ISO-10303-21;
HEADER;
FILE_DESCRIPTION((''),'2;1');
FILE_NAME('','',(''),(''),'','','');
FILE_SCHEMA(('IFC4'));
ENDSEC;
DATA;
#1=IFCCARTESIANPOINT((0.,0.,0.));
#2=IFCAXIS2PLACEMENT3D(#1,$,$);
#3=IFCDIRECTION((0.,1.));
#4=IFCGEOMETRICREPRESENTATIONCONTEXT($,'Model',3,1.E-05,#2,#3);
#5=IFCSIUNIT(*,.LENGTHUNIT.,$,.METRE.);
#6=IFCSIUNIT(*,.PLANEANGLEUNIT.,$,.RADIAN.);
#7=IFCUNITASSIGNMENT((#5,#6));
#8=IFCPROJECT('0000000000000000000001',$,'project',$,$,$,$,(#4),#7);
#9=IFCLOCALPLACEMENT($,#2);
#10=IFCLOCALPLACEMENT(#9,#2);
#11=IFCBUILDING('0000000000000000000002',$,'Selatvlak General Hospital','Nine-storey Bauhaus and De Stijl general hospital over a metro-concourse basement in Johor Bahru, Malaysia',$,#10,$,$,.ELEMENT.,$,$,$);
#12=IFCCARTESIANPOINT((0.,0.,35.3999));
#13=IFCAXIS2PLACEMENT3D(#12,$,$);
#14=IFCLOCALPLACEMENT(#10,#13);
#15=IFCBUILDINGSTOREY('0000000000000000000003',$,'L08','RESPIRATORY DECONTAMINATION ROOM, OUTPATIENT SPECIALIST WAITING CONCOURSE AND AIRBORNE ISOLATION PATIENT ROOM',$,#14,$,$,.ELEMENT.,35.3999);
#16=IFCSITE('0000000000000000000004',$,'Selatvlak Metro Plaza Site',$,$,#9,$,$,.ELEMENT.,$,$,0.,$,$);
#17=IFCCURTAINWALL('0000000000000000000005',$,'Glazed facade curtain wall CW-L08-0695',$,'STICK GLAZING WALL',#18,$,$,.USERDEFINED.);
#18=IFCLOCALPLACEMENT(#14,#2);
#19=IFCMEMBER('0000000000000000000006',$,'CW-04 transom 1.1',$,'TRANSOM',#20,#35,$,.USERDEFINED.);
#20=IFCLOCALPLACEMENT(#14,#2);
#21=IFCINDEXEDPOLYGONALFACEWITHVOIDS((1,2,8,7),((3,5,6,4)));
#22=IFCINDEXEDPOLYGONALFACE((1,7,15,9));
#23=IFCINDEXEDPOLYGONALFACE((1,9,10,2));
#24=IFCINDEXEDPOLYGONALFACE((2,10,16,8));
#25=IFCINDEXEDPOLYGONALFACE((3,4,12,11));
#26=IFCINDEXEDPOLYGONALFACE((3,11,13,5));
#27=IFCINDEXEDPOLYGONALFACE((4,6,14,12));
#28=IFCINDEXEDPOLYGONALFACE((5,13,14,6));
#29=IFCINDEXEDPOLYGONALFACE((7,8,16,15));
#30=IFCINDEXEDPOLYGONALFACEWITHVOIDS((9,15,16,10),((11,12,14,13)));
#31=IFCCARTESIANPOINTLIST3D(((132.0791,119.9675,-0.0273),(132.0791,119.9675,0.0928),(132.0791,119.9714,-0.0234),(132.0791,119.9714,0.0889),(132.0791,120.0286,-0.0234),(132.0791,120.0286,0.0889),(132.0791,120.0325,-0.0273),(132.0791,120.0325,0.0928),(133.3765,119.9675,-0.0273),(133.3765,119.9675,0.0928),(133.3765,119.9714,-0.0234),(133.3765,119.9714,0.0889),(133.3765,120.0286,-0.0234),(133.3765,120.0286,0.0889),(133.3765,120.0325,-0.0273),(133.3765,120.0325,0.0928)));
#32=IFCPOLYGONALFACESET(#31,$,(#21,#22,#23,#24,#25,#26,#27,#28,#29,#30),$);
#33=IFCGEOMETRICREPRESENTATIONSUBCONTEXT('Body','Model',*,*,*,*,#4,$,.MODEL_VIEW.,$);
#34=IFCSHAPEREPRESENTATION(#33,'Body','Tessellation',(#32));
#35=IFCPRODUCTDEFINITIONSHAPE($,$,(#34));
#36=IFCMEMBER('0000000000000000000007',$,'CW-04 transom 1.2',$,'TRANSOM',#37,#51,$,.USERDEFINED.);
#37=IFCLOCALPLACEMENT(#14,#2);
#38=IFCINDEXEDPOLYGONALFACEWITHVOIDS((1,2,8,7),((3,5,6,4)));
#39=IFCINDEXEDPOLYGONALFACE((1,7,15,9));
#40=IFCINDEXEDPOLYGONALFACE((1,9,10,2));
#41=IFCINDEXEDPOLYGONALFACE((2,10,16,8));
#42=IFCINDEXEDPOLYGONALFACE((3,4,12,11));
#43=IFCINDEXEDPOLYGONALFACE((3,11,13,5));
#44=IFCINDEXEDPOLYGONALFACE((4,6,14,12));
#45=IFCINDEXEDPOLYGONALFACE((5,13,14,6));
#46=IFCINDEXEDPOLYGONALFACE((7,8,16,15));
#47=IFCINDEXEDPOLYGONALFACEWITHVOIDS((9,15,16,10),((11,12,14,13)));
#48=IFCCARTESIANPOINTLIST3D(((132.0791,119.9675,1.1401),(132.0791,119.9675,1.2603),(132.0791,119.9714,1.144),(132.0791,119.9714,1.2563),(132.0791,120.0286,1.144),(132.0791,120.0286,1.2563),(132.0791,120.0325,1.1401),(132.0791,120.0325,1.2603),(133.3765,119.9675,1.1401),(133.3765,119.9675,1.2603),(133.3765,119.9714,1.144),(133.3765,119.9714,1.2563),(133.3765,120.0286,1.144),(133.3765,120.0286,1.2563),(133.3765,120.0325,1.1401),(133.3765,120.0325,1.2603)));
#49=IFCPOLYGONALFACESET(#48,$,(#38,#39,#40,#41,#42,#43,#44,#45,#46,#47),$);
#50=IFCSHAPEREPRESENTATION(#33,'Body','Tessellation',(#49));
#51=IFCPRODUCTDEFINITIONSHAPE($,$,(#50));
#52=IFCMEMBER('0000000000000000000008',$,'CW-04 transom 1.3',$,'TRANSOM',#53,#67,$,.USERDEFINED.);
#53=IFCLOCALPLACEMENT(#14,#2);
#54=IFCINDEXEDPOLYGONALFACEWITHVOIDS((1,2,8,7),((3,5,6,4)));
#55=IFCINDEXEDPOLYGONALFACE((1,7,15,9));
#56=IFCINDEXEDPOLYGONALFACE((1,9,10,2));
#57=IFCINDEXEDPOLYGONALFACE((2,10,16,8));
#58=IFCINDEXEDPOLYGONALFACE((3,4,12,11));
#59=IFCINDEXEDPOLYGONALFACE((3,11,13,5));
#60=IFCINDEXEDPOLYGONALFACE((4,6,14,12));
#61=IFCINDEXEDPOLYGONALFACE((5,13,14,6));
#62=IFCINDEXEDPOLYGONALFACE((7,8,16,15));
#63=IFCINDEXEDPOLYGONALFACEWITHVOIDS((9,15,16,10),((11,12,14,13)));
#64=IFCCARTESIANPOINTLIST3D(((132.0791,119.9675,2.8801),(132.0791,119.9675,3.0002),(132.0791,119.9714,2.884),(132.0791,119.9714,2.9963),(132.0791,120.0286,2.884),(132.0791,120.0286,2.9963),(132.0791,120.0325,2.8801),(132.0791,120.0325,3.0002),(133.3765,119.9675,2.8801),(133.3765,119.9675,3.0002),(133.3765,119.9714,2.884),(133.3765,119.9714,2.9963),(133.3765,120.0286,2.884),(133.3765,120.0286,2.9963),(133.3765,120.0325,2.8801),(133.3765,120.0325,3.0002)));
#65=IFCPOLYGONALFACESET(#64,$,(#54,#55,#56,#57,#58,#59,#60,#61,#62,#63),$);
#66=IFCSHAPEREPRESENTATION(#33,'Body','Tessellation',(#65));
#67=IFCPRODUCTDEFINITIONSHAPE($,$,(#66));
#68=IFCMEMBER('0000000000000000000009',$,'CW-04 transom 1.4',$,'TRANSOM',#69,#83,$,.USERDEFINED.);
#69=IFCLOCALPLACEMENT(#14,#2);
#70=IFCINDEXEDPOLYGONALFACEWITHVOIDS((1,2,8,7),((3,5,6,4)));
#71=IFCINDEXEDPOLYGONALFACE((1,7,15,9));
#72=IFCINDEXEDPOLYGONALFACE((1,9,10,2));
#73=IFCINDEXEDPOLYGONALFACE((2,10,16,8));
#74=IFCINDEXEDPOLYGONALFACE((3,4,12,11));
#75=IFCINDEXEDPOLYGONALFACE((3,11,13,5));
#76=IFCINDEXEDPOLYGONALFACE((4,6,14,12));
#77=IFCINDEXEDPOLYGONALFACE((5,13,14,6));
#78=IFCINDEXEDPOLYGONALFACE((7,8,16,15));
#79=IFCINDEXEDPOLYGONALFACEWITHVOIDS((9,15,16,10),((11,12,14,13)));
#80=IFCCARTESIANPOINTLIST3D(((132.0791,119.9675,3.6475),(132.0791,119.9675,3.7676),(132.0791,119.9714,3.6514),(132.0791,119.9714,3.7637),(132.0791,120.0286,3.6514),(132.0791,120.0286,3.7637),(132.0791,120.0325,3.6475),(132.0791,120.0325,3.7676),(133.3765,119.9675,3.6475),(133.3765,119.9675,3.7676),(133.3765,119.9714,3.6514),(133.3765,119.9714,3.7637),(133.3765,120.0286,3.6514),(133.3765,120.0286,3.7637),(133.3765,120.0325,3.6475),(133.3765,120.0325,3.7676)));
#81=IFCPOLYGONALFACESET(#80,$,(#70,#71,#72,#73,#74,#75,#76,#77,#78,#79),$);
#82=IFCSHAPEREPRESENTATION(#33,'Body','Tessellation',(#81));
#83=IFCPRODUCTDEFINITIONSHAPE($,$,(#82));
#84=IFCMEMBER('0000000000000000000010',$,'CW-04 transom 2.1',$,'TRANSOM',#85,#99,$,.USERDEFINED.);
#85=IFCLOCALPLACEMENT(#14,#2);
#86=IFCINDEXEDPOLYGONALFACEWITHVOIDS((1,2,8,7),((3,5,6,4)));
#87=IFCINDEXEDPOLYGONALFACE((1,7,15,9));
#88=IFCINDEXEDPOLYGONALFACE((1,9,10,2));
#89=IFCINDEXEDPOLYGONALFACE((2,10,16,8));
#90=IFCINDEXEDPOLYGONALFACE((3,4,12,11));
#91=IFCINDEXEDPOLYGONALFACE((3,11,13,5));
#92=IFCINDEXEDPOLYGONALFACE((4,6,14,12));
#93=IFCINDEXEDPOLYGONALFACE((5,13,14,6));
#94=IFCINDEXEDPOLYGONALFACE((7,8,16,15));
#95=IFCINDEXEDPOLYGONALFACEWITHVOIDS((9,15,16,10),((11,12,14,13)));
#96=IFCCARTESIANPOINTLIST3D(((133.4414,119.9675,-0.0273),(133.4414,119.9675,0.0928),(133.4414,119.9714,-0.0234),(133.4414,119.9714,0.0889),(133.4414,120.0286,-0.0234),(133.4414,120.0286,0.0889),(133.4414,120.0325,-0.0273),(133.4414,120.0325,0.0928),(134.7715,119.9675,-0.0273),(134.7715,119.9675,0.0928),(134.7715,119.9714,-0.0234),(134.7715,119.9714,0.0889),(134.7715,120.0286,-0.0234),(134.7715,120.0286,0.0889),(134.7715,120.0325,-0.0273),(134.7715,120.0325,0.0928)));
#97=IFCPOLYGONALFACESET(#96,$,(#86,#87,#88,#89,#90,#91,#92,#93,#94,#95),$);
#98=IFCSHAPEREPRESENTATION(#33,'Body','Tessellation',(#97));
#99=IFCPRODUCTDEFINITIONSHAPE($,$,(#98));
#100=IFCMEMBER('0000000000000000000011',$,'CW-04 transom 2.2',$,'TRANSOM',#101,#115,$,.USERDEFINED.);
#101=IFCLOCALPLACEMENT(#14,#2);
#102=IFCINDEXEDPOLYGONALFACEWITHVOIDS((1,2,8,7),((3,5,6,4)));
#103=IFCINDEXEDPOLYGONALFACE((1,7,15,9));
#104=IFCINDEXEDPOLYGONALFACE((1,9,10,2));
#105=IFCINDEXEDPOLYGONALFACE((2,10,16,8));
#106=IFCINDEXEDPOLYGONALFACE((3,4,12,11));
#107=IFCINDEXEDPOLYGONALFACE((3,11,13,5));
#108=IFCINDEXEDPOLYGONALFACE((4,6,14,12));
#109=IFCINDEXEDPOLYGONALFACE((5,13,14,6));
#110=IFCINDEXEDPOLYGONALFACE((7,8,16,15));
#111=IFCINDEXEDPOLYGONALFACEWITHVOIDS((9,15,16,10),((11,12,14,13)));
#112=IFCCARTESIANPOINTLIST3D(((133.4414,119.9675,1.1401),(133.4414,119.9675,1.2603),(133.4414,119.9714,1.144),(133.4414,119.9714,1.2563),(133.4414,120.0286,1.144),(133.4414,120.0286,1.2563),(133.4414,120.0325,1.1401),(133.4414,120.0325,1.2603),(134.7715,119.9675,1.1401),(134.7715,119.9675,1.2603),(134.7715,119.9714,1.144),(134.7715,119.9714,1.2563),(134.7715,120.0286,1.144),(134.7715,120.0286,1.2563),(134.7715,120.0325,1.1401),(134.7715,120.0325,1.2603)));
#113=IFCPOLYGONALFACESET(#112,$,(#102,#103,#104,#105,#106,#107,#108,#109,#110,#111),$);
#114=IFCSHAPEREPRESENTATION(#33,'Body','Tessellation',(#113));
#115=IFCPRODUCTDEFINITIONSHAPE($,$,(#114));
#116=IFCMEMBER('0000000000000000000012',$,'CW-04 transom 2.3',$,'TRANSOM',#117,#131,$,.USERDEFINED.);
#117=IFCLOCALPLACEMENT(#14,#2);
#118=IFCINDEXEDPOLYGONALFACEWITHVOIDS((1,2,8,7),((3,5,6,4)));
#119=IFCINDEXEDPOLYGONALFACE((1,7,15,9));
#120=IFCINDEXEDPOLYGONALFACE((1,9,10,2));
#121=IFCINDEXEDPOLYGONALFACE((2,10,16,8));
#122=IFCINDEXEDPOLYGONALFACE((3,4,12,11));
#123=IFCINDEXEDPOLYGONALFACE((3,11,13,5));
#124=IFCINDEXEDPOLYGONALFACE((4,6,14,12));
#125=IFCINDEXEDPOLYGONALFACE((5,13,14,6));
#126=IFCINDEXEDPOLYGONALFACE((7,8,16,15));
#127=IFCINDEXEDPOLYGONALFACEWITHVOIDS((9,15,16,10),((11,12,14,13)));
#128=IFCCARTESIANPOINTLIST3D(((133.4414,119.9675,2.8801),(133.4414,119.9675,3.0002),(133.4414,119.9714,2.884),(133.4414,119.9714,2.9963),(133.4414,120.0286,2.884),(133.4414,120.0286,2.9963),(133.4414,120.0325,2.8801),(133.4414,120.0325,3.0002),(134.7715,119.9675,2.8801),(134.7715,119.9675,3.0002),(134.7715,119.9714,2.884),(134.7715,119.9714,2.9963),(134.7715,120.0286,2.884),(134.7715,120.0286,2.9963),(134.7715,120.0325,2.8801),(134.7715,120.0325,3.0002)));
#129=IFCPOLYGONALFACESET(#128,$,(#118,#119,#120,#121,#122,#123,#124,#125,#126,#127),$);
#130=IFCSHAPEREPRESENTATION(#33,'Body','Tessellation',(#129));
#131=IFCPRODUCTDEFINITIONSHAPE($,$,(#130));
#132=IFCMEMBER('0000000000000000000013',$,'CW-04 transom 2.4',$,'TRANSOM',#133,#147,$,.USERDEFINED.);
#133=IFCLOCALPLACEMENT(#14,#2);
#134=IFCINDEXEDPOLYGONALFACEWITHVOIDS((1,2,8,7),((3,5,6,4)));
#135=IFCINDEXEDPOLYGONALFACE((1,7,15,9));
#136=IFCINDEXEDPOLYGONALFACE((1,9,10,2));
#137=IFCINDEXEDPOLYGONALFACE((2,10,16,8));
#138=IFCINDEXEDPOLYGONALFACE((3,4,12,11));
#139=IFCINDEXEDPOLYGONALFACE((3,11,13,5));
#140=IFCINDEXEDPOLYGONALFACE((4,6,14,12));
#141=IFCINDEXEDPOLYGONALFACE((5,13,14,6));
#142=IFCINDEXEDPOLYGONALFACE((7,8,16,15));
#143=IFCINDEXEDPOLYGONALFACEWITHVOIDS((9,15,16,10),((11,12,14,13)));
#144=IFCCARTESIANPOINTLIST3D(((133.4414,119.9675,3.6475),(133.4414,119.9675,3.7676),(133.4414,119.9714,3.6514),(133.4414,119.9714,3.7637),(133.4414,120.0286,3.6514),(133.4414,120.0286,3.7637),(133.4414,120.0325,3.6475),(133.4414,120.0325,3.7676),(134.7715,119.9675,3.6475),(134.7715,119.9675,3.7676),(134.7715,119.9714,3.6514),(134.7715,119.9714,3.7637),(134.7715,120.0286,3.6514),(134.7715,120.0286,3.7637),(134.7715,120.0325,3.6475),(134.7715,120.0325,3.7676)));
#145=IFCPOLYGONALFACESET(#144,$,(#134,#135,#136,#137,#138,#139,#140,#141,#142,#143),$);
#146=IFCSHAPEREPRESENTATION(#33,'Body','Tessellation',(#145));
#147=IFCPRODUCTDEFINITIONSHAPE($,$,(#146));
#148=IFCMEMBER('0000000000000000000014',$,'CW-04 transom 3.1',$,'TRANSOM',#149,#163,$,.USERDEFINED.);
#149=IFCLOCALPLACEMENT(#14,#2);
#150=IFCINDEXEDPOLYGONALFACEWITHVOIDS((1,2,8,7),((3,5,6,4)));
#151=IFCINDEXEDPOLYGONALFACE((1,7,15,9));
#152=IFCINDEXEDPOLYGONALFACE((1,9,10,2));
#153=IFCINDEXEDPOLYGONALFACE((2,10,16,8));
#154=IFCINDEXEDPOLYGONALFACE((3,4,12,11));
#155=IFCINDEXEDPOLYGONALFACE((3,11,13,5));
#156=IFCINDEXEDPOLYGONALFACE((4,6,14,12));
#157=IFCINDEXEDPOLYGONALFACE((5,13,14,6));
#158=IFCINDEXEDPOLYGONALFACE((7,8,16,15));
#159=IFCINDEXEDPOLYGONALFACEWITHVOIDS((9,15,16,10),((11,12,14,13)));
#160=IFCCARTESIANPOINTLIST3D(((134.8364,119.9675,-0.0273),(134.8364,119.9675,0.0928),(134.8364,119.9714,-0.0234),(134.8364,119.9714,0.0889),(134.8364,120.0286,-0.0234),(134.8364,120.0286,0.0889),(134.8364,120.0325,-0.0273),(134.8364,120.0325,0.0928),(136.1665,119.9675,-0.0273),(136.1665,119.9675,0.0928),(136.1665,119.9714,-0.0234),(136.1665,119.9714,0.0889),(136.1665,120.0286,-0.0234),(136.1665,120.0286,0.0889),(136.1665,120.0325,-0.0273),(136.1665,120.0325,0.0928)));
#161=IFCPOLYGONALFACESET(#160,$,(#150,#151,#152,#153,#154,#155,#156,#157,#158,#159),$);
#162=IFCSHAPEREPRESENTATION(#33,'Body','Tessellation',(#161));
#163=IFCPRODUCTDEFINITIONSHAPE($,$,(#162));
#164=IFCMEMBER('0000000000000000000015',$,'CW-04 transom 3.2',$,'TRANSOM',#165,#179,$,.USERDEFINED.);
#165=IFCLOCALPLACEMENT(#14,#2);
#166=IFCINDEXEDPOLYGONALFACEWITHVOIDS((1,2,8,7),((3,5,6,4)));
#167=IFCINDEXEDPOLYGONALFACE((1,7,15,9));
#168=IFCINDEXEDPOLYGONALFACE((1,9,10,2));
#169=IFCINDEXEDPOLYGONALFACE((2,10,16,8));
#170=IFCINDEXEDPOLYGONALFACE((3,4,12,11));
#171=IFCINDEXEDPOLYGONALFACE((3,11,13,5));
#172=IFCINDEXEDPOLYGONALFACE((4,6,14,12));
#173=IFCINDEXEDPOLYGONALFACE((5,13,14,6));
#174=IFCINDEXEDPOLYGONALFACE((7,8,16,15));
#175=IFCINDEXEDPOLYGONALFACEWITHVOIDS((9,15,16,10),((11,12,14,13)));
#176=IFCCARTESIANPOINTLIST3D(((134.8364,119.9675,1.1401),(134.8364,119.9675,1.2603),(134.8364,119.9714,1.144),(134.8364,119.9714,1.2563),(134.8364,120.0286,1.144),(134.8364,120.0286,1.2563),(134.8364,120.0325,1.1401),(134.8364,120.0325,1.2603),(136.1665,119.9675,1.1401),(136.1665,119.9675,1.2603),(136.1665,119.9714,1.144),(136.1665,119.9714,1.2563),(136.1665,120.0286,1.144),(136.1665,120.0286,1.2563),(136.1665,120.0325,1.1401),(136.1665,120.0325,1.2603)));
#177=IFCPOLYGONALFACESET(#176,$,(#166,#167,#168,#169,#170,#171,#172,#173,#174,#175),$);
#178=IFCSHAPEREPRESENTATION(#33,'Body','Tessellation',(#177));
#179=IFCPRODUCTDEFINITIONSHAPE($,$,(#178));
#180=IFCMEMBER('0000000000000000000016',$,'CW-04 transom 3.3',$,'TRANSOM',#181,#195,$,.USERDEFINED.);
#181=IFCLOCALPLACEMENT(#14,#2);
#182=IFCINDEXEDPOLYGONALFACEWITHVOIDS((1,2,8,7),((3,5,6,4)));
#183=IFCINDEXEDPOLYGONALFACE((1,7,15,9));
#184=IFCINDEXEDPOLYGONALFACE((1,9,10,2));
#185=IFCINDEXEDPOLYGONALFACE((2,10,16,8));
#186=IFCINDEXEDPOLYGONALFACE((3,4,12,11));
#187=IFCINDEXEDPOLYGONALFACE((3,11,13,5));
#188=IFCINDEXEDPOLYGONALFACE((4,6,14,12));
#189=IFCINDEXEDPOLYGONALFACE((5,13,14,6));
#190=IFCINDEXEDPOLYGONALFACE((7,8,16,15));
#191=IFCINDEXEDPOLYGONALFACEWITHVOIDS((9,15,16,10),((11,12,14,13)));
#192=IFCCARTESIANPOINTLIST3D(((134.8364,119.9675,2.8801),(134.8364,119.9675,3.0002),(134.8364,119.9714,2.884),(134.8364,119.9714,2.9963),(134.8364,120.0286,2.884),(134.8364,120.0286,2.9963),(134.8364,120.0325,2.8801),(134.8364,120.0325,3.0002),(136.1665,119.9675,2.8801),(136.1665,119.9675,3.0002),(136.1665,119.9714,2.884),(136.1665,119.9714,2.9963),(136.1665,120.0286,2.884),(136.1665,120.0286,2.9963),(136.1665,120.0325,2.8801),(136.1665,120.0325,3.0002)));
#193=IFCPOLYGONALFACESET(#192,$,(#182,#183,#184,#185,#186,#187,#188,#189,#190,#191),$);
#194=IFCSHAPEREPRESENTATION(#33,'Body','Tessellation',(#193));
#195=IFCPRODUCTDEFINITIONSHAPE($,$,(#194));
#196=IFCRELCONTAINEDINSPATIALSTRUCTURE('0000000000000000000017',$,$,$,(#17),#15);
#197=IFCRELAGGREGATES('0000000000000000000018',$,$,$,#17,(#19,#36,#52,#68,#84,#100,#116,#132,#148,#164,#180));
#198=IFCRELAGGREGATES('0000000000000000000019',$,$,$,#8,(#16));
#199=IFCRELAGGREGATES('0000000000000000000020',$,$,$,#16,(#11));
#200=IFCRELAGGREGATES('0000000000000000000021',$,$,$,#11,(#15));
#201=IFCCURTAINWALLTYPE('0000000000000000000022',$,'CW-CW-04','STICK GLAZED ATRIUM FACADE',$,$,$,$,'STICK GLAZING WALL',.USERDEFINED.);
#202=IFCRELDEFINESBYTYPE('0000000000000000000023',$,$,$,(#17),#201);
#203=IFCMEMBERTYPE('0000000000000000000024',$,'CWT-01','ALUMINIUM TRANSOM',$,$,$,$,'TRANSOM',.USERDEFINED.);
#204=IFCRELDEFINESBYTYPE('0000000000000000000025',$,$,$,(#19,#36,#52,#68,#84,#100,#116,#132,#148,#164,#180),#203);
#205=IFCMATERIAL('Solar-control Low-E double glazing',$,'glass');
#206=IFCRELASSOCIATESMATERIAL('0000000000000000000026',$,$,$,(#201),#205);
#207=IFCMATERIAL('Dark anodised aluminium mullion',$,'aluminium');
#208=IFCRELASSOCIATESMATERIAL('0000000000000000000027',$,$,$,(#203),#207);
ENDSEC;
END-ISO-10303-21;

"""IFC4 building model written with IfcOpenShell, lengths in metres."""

from ifc_helpers import new_model, si_unit, direction, frame, origin, origin_2d, place, context, subcontext, project, spatial, hollow_rectangle, extrude, material, material_profile, profile_set, type_object, element, aggregate, save


model = new_model("IFC4")

# Units and contexts
model_context = context("Model", 3, precision=1e-05, world=origin(), true_north=direction((0.0, 1.0)))
body_context = subcontext(model_context, "Body", "Model", "MODEL_VIEW")
ifc_project = project(units=[si_unit("LENGTHUNIT", "METRE"), si_unit("PLANEANGLEUNIT", "RADIAN")], contexts=[model_context])

# Site, building, storey
site_placement = place(None, origin())
site = spatial("IfcSite", under=ifc_project, at=site_placement, Name="Selatvlak Metro Plaza Site", CompositionType="ELEMENT", RefElevation=0.0)
building_placement = place(site_placement, origin())
building = spatial("IfcBuilding", under=site, at=building_placement, Name="Selatvlak General Hospital", Description="Nine-storey Bauhaus and De Stijl general hospital over a metro-concourse basement in Johor Bahru, Malaysia", CompositionType="ELEMENT")
storey_placement = place(building_placement, frame((0.0, 0.0, 35.3999)))
storey = spatial("IfcBuildingStorey", under=building, at=storey_placement, Name="L08", Description="RESPIRATORY DECONTAMINATION ROOM, OUTPATIENT SPECIALIST WAITING CONCOURSE AND AIRBORNE ISOLATION PATIENT ROOM", CompositionType="ELEMENT", Elevation=35.3999)

# Curtain wall
ifc_material_1 = material(Name="Solar-control Low-E double glazing", Category="glass")
ifc_material_2 = material(Name="Dark anodised aluminium mullion", Category="aluminium")
curtain_wall_type_1 = type_object("IfcCurtainWallType", Name="CW-CW-04", Description="STICK GLAZED ATRIUM FACADE", ElementType="STICK GLAZING WALL", PredefinedType="USERDEFINED", material=ifc_material_1)
curtain_wall_1_placement = place(storey_placement, origin())
curtain_wall_1 = element("IfcCurtainWall", 1, at=curtain_wall_1_placement, inside=storey, type_object=curtain_wall_type_1, Name="Glazed facade curtain wall CW-L08-0695", ObjectType="STICK GLAZING WALL", PredefinedType="USERDEFINED")

# Members
ifc_material_profile_1 = material_profile(ifc_material_2, hollow_rectangle(XDim=0.0649, YDim=0.1201, WallThickness=0.0039, at=origin_2d()), Name="AL-TRN 65x120x4")
ifc_profile_set_1 = profile_set([ifc_material_profile_1], Name="Dark anodised aluminium mullion")
member_type_1 = type_object("IfcMemberType", Name="CWT-01", Description="ALUMINIUM TRANSOM", ElementType="TRANSOM", PredefinedType="USERDEFINED", material=ifc_profile_set_1)
member_1_placement = place(storey_placement, frame((132.0791, 120.0, 0.0327), z_axis=(1.0, 0.0, 0.0), x_axis=(0.0, 1.0, 0.0)))
member_1 = element("IfcMember", 2, at=member_1_placement, type_object=member_type_1, Name="CW-04 transom 1.1", ObjectType="TRANSOM", PredefinedType="USERDEFINED", context=body_context, shape_type="SweptSolid", body=[
    extrude(hollow_rectangle(XDim=0.0649, YDim=0.1201, WallThickness=0.0039, at=origin_2d()), origin(), (0.0, 0.0, 1.0), 1.2974),
])
member_2_placement = place(storey_placement, frame((132.0791, 120.0, 1.2002), z_axis=(1.0, 0.0, 0.0), x_axis=(0.0, 1.0, 0.0)))
member_2 = element("IfcMember", 3, at=member_2_placement, type_object=member_type_1, Name="CW-04 transom 1.2", ObjectType="TRANSOM", PredefinedType="USERDEFINED", context=body_context, shape_type="SweptSolid", body=[
    extrude(hollow_rectangle(XDim=0.0649, YDim=0.1201, WallThickness=0.0039, at=origin_2d()), origin(), (0.0, 0.0, 1.0), 1.2974),
])
member_3_placement = place(storey_placement, frame((132.0791, 120.0, 2.9402), z_axis=(1.0, 0.0, 0.0), x_axis=(0.0, 1.0, 0.0)))
member_3 = element("IfcMember", 4, at=member_3_placement, type_object=member_type_1, Name="CW-04 transom 1.3", ObjectType="TRANSOM", PredefinedType="USERDEFINED", context=body_context, shape_type="SweptSolid", body=[
    extrude(hollow_rectangle(XDim=0.0649, YDim=0.1201, WallThickness=0.0039, at=origin_2d()), origin(), (0.0, 0.0, 1.0), 1.2974),
])
member_4_placement = place(storey_placement, frame((132.0791, 120.0, 3.7075), z_axis=(1.0, 0.0, 0.0), x_axis=(0.0, 1.0, 0.0)))
member_4 = element("IfcMember", 5, at=member_4_placement, type_object=member_type_1, Name="CW-04 transom 1.4", ObjectType="TRANSOM", PredefinedType="USERDEFINED", context=body_context, shape_type="SweptSolid", body=[
    extrude(hollow_rectangle(XDim=0.0649, YDim=0.1201, WallThickness=0.0039, at=origin_2d()), origin(), (0.0, 0.0, 1.0), 1.2974),
])
member_5_placement = place(storey_placement, frame((133.4414, 120.0, 0.0327), z_axis=(1.0, 0.0, 0.0), x_axis=(0.0, 1.0, 0.0)))
member_5 = element("IfcMember", 6, at=member_5_placement, type_object=member_type_1, Name="CW-04 transom 2.1", ObjectType="TRANSOM", PredefinedType="USERDEFINED", context=body_context, shape_type="SweptSolid", body=[
    extrude(hollow_rectangle(XDim=0.0649, YDim=0.1201, WallThickness=0.0039, at=origin_2d()), origin(), (0.0, 0.0, 1.0), 1.3301),
])
member_6_placement = place(storey_placement, frame((133.4414, 120.0, 1.2002), z_axis=(1.0, 0.0, 0.0), x_axis=(0.0, 1.0, 0.0)))
member_6 = element("IfcMember", 7, at=member_6_placement, type_object=member_type_1, Name="CW-04 transom 2.2", ObjectType="TRANSOM", PredefinedType="USERDEFINED", context=body_context, shape_type="SweptSolid", body=[
    extrude(hollow_rectangle(XDim=0.0649, YDim=0.1201, WallThickness=0.0039, at=origin_2d()), origin(), (0.0, 0.0, 1.0), 1.3301),
])
member_7_placement = place(storey_placement, frame((133.4414, 120.0, 2.9402), z_axis=(1.0, 0.0, 0.0), x_axis=(0.0, 1.0, 0.0)))
member_7 = element("IfcMember", 8, at=member_7_placement, type_object=member_type_1, Name="CW-04 transom 2.3", ObjectType="TRANSOM", PredefinedType="USERDEFINED", context=body_context, shape_type="SweptSolid", body=[
    extrude(hollow_rectangle(XDim=0.0649, YDim=0.1201, WallThickness=0.0039, at=origin_2d()), origin(), (0.0, 0.0, 1.0), 1.3301),
])
member_8_placement = place(storey_placement, frame((133.4414, 120.0, 3.7075), z_axis=(1.0, 0.0, 0.0), x_axis=(0.0, 1.0, 0.0)))
member_8 = element("IfcMember", 9, at=member_8_placement, type_object=member_type_1, Name="CW-04 transom 2.4", ObjectType="TRANSOM", PredefinedType="USERDEFINED", context=body_context, shape_type="SweptSolid", body=[
    extrude(hollow_rectangle(XDim=0.0649, YDim=0.1201, WallThickness=0.0039, at=origin_2d()), origin(), (0.0, 0.0, 1.0), 1.3301),
])
member_9_placement = place(storey_placement, frame((134.8364, 120.0, 0.0327), z_axis=(1.0, 0.0, 0.0), x_axis=(0.0, 1.0, 0.0)))
member_9 = element("IfcMember", 10, at=member_9_placement, type_object=member_type_1, Name="CW-04 transom 3.1", ObjectType="TRANSOM", PredefinedType="USERDEFINED", context=body_context, shape_type="SweptSolid", body=[
    extrude(hollow_rectangle(XDim=0.0649, YDim=0.1201, WallThickness=0.0039, at=origin_2d()), origin(), (0.0, 0.0, 1.0), 1.3301),
])
member_10_placement = place(storey_placement, frame((134.8364, 120.0, 1.2002), z_axis=(1.0, 0.0, 0.0), x_axis=(0.0, 1.0, 0.0)))
member_10 = element("IfcMember", 11, at=member_10_placement, type_object=member_type_1, Name="CW-04 transom 3.2", ObjectType="TRANSOM", PredefinedType="USERDEFINED", context=body_context, shape_type="SweptSolid", body=[
    extrude(hollow_rectangle(XDim=0.0649, YDim=0.1201, WallThickness=0.0039, at=origin_2d()), origin(), (0.0, 0.0, 1.0), 1.3301),
])
member_11_placement = place(storey_placement, frame((134.8364, 120.0, 2.9402), z_axis=(1.0, 0.0, 0.0), x_axis=(0.0, 1.0, 0.0)))
member_11 = element("IfcMember", 12, at=member_11_placement, type_object=member_type_1, Name="CW-04 transom 3.3", ObjectType="TRANSOM", PredefinedType="USERDEFINED", context=body_context, shape_type="SweptSolid", body=[
    extrude(hollow_rectangle(XDim=0.0649, YDim=0.1201, WallThickness=0.0039, at=origin_2d()), origin(), (0.0, 0.0, 1.0), 1.3301),
])

aggregate(curtain_wall_1, [member_1, member_2, member_3, member_4, member_5, member_6, member_7, member_8, member_9, member_10, member_11])

save(model, "model.ifc")
